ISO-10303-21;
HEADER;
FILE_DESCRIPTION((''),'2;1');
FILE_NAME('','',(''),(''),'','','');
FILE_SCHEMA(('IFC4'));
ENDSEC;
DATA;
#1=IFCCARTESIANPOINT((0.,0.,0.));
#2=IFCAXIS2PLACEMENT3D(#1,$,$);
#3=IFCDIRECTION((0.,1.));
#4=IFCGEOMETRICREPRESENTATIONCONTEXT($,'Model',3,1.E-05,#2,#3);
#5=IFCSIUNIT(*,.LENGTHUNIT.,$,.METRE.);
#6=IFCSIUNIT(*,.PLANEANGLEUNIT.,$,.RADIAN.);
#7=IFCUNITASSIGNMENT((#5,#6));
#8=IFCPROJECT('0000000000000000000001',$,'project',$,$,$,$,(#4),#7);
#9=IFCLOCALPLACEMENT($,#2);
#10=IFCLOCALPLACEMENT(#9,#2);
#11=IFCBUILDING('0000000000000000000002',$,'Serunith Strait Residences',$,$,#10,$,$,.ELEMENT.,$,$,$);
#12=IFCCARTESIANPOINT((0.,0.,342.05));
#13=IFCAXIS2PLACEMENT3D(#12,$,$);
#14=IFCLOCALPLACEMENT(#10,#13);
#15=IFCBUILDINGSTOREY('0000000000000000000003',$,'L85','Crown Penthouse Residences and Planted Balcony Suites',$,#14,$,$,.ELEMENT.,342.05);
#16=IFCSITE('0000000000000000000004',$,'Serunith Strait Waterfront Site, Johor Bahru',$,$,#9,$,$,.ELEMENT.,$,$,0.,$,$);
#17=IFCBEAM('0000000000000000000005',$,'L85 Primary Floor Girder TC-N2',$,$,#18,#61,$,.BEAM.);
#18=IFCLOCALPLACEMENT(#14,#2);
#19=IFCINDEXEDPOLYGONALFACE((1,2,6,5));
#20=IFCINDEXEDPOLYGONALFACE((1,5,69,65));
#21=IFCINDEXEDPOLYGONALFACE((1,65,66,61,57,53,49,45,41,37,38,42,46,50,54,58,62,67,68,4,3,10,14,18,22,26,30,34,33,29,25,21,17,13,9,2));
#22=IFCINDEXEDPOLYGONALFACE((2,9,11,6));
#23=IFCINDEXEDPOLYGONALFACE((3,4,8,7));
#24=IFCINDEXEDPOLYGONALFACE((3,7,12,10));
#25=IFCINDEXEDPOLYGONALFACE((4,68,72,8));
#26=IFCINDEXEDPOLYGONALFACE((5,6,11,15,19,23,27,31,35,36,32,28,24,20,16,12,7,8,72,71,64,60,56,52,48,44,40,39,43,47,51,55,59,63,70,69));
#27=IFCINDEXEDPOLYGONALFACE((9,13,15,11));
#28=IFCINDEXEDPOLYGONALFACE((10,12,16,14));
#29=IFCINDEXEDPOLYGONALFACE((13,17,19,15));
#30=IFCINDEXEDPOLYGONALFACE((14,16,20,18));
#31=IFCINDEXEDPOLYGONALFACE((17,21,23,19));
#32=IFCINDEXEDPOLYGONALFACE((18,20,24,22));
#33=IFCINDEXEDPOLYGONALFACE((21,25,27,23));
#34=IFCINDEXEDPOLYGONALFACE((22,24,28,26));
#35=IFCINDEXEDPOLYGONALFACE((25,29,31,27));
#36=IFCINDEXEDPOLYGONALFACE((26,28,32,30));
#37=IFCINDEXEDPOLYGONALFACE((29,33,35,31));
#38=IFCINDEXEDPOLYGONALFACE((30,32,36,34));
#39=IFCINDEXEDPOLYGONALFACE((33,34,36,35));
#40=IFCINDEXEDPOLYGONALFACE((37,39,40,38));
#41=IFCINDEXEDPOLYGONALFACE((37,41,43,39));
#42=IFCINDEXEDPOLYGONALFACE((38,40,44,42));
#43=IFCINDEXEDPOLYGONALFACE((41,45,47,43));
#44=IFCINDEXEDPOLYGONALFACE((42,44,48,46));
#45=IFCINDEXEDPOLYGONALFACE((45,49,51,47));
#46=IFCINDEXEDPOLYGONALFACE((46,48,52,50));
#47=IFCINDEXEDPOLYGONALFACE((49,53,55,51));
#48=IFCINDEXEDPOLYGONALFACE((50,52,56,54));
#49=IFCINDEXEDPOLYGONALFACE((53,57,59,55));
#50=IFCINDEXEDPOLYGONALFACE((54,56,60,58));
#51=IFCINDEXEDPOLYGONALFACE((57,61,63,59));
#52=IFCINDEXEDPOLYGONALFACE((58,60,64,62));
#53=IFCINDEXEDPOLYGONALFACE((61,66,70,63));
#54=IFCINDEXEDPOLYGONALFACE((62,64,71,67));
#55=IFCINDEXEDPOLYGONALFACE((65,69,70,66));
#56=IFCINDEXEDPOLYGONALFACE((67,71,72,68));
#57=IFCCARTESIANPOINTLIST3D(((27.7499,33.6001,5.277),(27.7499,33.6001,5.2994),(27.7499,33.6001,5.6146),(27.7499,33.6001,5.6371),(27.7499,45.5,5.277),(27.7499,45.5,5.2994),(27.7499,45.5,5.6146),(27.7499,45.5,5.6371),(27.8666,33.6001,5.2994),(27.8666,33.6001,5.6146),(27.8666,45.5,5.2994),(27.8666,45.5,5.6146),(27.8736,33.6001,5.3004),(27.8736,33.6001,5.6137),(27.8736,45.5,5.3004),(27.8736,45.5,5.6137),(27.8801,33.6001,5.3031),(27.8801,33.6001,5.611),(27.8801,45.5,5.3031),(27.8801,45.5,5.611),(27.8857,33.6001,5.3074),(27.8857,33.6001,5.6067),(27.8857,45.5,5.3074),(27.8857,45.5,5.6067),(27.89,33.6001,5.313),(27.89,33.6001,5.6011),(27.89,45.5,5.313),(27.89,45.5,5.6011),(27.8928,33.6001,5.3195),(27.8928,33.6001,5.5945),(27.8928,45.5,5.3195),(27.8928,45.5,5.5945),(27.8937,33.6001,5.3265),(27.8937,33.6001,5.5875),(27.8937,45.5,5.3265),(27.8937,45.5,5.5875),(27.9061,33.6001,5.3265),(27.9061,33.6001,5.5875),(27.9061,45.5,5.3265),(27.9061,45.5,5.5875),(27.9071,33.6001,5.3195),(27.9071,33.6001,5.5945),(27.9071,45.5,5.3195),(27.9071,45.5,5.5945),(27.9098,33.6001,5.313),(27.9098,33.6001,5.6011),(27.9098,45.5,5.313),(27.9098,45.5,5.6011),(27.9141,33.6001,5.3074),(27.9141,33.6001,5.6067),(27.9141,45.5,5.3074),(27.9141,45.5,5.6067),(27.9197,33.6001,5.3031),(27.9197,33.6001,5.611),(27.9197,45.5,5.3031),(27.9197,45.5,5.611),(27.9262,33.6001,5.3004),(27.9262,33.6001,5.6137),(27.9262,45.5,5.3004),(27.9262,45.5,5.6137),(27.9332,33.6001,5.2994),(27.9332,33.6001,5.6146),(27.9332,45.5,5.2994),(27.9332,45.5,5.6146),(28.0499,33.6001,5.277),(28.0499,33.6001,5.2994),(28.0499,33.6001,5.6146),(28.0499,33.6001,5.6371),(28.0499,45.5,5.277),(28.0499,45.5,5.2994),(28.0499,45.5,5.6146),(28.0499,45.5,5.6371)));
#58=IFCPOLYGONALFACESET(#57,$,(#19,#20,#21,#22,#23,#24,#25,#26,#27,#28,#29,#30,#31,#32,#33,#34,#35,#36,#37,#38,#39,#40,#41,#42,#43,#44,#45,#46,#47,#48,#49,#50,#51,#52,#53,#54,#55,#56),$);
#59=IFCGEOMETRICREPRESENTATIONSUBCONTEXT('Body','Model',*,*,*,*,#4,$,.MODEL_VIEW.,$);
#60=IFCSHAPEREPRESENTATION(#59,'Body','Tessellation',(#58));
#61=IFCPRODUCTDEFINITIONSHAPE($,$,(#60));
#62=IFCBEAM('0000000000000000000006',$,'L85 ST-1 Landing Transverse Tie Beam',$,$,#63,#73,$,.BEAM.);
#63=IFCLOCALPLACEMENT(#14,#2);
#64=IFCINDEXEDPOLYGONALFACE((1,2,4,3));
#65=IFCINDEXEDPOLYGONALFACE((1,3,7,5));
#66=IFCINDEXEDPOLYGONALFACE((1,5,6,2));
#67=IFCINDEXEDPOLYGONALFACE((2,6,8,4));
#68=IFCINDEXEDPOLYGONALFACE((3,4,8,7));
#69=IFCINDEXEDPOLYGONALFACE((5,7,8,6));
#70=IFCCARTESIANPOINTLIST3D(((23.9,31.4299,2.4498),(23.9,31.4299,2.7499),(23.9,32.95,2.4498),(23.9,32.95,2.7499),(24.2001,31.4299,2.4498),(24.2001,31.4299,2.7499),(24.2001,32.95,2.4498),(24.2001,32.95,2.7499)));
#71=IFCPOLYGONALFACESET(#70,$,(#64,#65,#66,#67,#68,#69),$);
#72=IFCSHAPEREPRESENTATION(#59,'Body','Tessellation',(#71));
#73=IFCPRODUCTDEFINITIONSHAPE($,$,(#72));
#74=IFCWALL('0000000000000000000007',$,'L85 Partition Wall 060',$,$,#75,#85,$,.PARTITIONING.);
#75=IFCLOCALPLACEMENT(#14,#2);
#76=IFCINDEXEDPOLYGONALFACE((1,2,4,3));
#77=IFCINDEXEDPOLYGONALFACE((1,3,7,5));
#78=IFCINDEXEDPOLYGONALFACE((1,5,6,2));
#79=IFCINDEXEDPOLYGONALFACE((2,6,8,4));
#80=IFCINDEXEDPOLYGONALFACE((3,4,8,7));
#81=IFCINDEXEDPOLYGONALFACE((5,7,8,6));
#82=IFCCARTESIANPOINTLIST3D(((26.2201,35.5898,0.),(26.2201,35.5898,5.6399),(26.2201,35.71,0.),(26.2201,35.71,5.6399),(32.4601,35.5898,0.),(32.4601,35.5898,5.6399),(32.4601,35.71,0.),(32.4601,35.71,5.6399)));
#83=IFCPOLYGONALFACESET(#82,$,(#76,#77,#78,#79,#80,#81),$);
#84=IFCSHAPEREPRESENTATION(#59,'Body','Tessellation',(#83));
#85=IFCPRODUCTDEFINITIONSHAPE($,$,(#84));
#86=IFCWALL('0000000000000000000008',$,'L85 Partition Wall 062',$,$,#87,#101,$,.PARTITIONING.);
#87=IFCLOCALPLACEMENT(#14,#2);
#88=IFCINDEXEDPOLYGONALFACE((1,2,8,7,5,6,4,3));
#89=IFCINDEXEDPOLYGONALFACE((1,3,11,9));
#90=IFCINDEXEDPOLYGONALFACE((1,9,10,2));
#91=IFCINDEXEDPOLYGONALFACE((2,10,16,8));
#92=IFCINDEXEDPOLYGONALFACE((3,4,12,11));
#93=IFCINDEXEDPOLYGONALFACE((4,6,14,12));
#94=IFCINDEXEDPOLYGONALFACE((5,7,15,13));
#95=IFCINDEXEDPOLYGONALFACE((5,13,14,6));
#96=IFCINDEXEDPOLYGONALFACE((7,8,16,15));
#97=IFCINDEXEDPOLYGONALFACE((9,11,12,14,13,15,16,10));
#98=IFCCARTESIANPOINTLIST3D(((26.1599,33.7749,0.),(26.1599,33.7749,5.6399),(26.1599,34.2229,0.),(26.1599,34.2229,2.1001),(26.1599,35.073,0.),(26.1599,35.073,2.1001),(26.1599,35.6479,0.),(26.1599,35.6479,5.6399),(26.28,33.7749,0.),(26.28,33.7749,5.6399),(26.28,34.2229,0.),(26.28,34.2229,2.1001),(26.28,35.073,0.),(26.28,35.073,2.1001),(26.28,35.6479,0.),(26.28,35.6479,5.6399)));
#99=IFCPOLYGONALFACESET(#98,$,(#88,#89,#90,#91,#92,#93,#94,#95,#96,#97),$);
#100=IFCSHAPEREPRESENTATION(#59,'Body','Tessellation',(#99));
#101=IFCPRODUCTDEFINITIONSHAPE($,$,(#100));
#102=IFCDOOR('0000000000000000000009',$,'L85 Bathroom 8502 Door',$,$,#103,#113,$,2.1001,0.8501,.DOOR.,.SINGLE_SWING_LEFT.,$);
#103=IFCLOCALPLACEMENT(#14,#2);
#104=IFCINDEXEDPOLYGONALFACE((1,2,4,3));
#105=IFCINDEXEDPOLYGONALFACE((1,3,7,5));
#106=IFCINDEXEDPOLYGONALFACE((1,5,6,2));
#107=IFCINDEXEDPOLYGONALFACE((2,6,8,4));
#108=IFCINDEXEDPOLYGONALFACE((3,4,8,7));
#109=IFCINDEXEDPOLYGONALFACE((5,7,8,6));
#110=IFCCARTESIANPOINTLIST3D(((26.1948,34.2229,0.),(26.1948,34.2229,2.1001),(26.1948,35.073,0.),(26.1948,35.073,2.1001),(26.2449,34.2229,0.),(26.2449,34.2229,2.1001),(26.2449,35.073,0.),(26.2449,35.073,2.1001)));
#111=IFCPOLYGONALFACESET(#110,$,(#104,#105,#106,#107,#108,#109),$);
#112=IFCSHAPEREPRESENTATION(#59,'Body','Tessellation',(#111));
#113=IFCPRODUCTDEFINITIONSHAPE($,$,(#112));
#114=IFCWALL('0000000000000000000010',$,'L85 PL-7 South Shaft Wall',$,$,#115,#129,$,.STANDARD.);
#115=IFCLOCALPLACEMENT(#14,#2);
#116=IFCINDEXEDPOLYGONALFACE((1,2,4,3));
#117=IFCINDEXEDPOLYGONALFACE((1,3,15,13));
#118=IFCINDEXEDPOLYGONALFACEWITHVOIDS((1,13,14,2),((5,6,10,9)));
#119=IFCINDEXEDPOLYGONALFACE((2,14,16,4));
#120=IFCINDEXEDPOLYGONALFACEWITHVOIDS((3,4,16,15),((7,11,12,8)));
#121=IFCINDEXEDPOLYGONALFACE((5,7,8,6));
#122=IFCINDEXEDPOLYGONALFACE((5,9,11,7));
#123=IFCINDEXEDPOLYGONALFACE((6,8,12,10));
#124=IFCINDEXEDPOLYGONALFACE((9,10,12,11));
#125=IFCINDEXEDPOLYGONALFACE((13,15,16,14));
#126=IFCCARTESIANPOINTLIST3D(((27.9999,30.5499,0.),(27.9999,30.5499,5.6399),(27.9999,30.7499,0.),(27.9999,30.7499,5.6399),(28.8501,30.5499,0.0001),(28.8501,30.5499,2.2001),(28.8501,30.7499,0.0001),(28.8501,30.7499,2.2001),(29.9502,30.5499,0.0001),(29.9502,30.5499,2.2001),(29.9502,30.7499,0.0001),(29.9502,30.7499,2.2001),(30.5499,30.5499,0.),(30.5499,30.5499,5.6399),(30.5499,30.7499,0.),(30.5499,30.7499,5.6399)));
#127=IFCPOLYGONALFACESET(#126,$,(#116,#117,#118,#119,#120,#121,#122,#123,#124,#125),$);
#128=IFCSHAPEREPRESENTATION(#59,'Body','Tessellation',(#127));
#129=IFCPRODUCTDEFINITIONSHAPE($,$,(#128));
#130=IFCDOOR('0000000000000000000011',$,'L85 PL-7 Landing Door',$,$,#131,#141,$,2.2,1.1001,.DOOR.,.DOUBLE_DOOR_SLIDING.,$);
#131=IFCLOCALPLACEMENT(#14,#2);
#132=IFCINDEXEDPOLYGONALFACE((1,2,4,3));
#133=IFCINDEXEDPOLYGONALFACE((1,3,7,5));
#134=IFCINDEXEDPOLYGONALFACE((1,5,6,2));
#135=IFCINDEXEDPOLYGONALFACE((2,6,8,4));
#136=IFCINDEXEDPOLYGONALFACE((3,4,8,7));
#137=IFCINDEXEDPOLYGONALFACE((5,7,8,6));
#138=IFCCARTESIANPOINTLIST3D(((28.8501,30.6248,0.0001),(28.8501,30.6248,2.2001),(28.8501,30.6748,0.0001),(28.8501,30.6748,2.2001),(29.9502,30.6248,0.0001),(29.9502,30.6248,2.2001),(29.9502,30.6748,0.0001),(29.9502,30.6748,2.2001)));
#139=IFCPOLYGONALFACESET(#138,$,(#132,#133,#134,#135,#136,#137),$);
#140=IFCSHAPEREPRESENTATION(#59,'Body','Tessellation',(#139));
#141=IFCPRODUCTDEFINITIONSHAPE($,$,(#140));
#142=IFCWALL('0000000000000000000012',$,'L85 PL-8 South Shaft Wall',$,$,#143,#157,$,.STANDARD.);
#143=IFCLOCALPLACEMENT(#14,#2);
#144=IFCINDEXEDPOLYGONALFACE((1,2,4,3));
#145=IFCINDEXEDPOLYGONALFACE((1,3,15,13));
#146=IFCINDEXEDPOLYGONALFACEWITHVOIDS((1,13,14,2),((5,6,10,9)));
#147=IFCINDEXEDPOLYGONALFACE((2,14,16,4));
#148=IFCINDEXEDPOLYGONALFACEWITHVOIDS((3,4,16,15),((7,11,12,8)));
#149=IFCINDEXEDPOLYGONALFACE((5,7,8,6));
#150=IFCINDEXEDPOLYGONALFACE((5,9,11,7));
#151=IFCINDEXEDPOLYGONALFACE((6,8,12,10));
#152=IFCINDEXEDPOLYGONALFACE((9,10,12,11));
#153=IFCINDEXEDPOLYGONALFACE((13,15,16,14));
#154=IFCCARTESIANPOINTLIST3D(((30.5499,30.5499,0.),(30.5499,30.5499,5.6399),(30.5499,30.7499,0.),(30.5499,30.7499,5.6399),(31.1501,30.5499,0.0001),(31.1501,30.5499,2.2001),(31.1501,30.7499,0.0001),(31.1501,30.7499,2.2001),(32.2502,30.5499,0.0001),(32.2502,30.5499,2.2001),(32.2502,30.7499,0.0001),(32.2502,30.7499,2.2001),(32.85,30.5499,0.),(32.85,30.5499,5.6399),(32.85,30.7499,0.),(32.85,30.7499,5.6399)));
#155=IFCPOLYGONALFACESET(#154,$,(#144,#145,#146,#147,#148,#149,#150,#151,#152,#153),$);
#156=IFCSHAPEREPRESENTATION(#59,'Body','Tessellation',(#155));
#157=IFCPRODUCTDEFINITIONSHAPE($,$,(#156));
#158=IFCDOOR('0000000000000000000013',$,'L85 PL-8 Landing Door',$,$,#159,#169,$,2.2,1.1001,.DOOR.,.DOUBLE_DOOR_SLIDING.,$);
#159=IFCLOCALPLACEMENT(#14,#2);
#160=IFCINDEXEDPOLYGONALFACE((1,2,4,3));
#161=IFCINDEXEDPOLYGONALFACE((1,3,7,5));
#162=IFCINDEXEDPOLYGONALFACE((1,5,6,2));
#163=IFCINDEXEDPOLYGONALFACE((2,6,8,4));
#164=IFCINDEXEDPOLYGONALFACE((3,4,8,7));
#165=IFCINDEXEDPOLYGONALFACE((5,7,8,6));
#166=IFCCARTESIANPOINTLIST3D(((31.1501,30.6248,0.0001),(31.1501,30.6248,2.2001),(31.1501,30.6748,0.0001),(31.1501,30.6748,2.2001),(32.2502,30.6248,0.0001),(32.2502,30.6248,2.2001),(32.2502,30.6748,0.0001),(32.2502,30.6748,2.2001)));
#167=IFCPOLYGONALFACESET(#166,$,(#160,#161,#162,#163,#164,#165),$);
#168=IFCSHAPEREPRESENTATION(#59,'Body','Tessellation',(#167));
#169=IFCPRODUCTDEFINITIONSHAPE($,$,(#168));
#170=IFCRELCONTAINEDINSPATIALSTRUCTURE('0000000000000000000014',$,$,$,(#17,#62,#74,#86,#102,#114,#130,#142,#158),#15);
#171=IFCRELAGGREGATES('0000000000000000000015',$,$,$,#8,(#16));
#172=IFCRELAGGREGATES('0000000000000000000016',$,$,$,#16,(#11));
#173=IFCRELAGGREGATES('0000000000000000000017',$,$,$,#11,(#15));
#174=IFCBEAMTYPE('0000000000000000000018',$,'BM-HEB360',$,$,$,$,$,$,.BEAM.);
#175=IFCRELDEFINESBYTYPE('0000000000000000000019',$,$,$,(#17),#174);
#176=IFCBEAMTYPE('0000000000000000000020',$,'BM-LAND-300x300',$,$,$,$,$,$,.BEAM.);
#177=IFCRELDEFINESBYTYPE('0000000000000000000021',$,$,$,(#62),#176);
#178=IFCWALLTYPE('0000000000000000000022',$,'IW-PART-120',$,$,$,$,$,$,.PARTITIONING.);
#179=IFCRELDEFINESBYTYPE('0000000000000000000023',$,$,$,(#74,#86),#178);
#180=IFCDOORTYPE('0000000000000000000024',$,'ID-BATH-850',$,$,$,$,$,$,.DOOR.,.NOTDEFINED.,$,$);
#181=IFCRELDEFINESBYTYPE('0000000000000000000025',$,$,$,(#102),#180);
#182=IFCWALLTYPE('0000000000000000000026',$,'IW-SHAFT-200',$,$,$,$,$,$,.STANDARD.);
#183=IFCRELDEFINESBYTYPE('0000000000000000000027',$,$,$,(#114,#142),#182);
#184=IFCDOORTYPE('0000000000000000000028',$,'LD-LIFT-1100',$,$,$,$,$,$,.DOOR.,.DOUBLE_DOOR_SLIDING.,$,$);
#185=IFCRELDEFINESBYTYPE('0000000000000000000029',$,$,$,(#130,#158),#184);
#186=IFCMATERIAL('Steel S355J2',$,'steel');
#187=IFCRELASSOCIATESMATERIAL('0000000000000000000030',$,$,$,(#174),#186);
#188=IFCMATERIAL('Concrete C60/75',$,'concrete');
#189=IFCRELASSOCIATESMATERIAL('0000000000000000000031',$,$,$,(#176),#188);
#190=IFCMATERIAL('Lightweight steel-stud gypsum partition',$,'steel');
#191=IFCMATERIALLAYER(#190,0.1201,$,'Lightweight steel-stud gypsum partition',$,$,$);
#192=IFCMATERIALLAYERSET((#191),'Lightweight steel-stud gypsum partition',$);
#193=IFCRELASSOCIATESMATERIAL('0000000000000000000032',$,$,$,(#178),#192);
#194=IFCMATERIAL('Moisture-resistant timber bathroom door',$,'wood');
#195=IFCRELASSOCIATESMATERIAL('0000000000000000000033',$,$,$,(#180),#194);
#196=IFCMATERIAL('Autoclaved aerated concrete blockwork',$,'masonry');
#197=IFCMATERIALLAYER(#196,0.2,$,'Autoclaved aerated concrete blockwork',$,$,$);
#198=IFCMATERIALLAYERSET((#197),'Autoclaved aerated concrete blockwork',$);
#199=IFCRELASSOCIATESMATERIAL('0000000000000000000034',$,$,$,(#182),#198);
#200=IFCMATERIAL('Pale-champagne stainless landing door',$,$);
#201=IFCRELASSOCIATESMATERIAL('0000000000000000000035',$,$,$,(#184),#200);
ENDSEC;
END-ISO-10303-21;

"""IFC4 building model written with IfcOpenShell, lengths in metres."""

from ifc_helpers import new_model, si_unit, direction, frame, frame_2d, origin, origin_2d, place, context, subcontext, project, spatial, rectangle, i_section, extrude, source, transform, mapped, material, layer, layer_set, material_profile, profile_set, type_object, element, fill, save


model = new_model("IFC4")

# Units and contexts
model_context = context("Model", 3, precision=1e-05, world=origin(), true_north=direction((0.0, 1.0)))
body_context = subcontext(model_context, "Body", "Model", "MODEL_VIEW")
ifc_project = project(units=[si_unit("LENGTHUNIT", "METRE"), si_unit("PLANEANGLEUNIT", "RADIAN")], contexts=[model_context])

# Site, building, storey
site_placement = place(None, origin())
site = spatial("IfcSite", under=ifc_project, at=site_placement, Name="Serunith Strait Waterfront Site, Johor Bahru", CompositionType="ELEMENT", RefElevation=0.0)
building_placement = place(site_placement, origin())
building = spatial("IfcBuilding", under=site, at=building_placement, Name="Serunith Strait Residences", CompositionType="ELEMENT")
storey_placement = place(building_placement, frame((0.0, 0.0, 342.05)))
storey = spatial("IfcBuildingStorey", under=building, at=storey_placement, Name="L85", Description="Crown Penthouse Residences and Planted Balcony Suites", CompositionType="ELEMENT", Elevation=342.05)

# Beams
ifc_material_1 = material(Name="Steel S355J2", Category="steel")
ifc_material_profile_1 = material_profile(ifc_material_1, i_section(OverallWidth=0.3, OverallDepth=0.3601, WebThickness=0.0125, FlangeThickness=0.0225, FilletRadius=0.0271, at=origin_2d()), Name="HEB 360")
ifc_profile_set_1 = profile_set([ifc_material_profile_1], Name="Steel S355J2")
beam_type_1 = type_object("IfcBeamType", Name="BM-HEB360", PredefinedType="BEAM", material=ifc_profile_set_1)
shared_shape_1 = source(origin(), body_context, "Body", "SweptSolid", [
    extrude(i_section(OverallWidth=0.3, OverallDepth=0.3601, WebThickness=0.0125, FlangeThickness=0.0225, FilletRadius=0.0271, at=origin_2d()), origin(), (0.0, 0.0, 1.0), 11.8999),
])
beam_1_placement = place(storey_placement, frame((27.8999, 33.6001, 5.457), z_axis=(0.0, 1.0, 0.0), x_axis=(-1.0, 0.0, 0.0)))
element("IfcBeam", 1, at=beam_1_placement, inside=storey, type_object=beam_type_1, Name="L85 Primary Floor Girder TC-N2", PredefinedType="BEAM", context=body_context, shape_type="MappedRepresentation", body=[
    mapped(shared_shape_1, transform((0.0, 0.0, 0.0), scale=1.0)),
])
ifc_material_2 = material(Name="Concrete C60/75", Category="concrete")
ifc_material_profile_2 = material_profile(ifc_material_2, rectangle(XDim=0.3, YDim=0.3, at=origin_2d()), Name="RC 300x300")
ifc_profile_set_2 = profile_set([ifc_material_profile_2], Name="Concrete C60/75")
beam_type_2 = type_object("IfcBeamType", Name="BM-LAND-300x300", PredefinedType="BEAM", material=ifc_profile_set_2)
shared_shape_2 = source(origin(), body_context, "Body", "SweptSolid", [
    extrude(rectangle(XDim=0.3, YDim=0.3, at=origin_2d()), origin(), (0.0, 0.0, 1.0), 1.52),
])
beam_2_placement = place(storey_placement, frame((24.05, 31.4299, 2.5999), z_axis=(0.0, 1.0, 0.0), x_axis=(-1.0, 0.0, 0.0)))
element("IfcBeam", 2, at=beam_2_placement, inside=storey, type_object=beam_type_2, Name="L85 ST-1 Landing Transverse Tie Beam", PredefinedType="BEAM", context=body_context, shape_type="MappedRepresentation", body=[
    mapped(shared_shape_2, transform((0.0, 0.0, 0.0), scale=1.0)),
])

# Wall
ifc_material_3 = material(Name="Lightweight steel-stud gypsum partition", Category="steel")
ifc_layer_1 = layer(ifc_material_3, 0.1201, Name="Lightweight steel-stud gypsum partition")
ifc_layer_set_1 = layer_set([ifc_layer_1], Name="Lightweight steel-stud gypsum partition")
wall_type_1 = type_object("IfcWallType", Name="IW-PART-120", PredefinedType="PARTITIONING", material=ifc_layer_set_1)
wall_1_placement = place(storey_placement, frame((26.22, 35.6499, 0.0), z_axis=(0.0, 0.0, 1.0), x_axis=(1.0, 0.0, 0.0)))
element("IfcWall", 3, at=wall_1_placement, inside=storey, type_object=wall_type_1, Name="L85 Partition Wall 060", PredefinedType="PARTITIONING", context=body_context, shape_type="SweptSolid", body=[
    extrude(rectangle(XDim=6.24, YDim=0.1201, at=frame_2d((3.1201, 0.0))), origin(), (0.0, 0.0, 1.0), 5.6399),
])

# Walls, openings, doors
wall_2_placement = place(storey_placement, frame((26.22, 35.6479, 0.0), z_axis=(0.0, 0.0, 1.0), x_axis=(0.0, -1.0, 0.0)))
wall_2 = element("IfcWall", 4, at=wall_2_placement, inside=storey, type_object=wall_type_1, Name="L85 Partition Wall 062", PredefinedType="PARTITIONING", context=body_context, shape_type="SweptSolid", body=[
    extrude(rectangle(XDim=1.873, YDim=0.1201, at=frame_2d((0.9365, 0.0))), origin(), (0.0, 0.0, 1.0), 5.6399),
])
opening_1_placement = place(wall_2_placement, frame((0.575, 0.0, 0.0)))
opening_1 = element("IfcOpeningElement", 5, at=opening_1_placement, cuts=wall_2, PredefinedType="OPENING", context=body_context, shape_type="SweptSolid", body=[
    extrude(rectangle(XDim=0.8501, YDim=2.1001, at=frame_2d((0.425, 1.05))), frame((0.0, 0.0701, 0.0), z_axis=(0.0, -1.0, 0.0), x_axis=(1.0, 0.0, 0.0)), (0.0, 0.0, 1.0), 0.1401),
])
ifc_material_4 = material(Name="Moisture-resistant timber bathroom door", Category="wood")
door_type_1 = type_object("IfcDoorType", Name="ID-BATH-850", OperationType="NOTDEFINED", PredefinedType="DOOR", material=ifc_material_4)
shared_shape_3 = source(origin(), body_context, "Body", "SweptSolid", [
    extrude(rectangle(XDim=0.8501, YDim=2.1001, at=frame_2d((0.425, 1.05))), frame((0.0, 0.0249, 0.0), z_axis=(0.0, -1.0, 0.0), x_axis=(1.0, 0.0, 0.0)), (0.0, 0.0, 1.0), 0.05),
])
door_1_placement = place(opening_1_placement, origin())
door_1 = element("IfcDoor", 6, at=door_1_placement, inside=storey, type_object=door_type_1, Name="L85 Bathroom 8502 Door", OperationType="SINGLE_SWING_LEFT", OverallHeight=2.1001, OverallWidth=0.8501, PredefinedType="DOOR", context=body_context, shape_type="MappedRepresentation", body=[
    mapped(shared_shape_3, transform((0.0, 0.0, 0.0), scale=1.0)),
])
fill(opening_1, door_1)
ifc_material_5 = material(Name="Autoclaved aerated concrete blockwork", Category="masonry")
ifc_layer_2 = layer(ifc_material_5, 0.2, Name="Autoclaved aerated concrete blockwork")
ifc_layer_set_2 = layer_set([ifc_layer_2], Name="Autoclaved aerated concrete blockwork")
wall_type_2 = type_object("IfcWallType", Name="IW-SHAFT-200", PredefinedType="STANDARD", material=ifc_layer_set_2)
wall_3_placement = place(storey_placement, frame((28.0, 30.6499, 0.0), z_axis=(0.0, 0.0, 1.0), x_axis=(1.0, 0.0, 0.0)))
wall_3 = element("IfcWall", 7, at=wall_3_placement, inside=storey, type_object=wall_type_2, Name="L85 PL-7 South Shaft Wall", PredefinedType="STANDARD", context=body_context, shape_type="SweptSolid", body=[
    extrude(rectangle(XDim=2.55, YDim=0.2, at=frame_2d((1.2749, 0.0))), origin(), (0.0, 0.0, 1.0), 5.6399),
])
opening_2_placement = place(wall_3_placement, frame((0.8501, 0.0, 0.0)))
opening_2 = element("IfcOpeningElement", 8, at=opening_2_placement, cuts=wall_3, PredefinedType="OPENING", context=body_context, shape_type="SweptSolid", body=[
    extrude(rectangle(XDim=1.1001, YDim=2.2, at=frame_2d((0.55, 1.1001))), frame((0.0, 0.1099, 0.0), z_axis=(0.0, -1.0, 0.0), x_axis=(1.0, 0.0, 0.0)), (0.0, 0.0, 1.0), 0.22),
])
ifc_material_6 = material(Name="Pale-champagne stainless landing door")
door_type_2 = type_object("IfcDoorType", Name="LD-LIFT-1100", OperationType="DOUBLE_DOOR_SLIDING", PredefinedType="DOOR", material=ifc_material_6)
shared_shape_4 = source(origin(), body_context, "Body", "SweptSolid", [
    extrude(rectangle(XDim=1.1001, YDim=2.2, at=frame_2d((0.55, 1.1001))), frame((0.0, 0.0249, 0.0), z_axis=(0.0, -1.0, 0.0), x_axis=(1.0, 0.0, 0.0)), (0.0, 0.0, 1.0), 0.05),
])
door_2_placement = place(opening_2_placement, origin())
door_2 = element("IfcDoor", 9, at=door_2_placement, inside=storey, type_object=door_type_2, Name="L85 PL-7 Landing Door", OperationType="DOUBLE_DOOR_SLIDING", OverallHeight=2.2, OverallWidth=1.1001, PredefinedType="DOOR", context=body_context, shape_type="MappedRepresentation", body=[
    mapped(shared_shape_4, transform((0.0, 0.0, 0.0), scale=1.0)),
])
fill(opening_2, door_2)
wall_4_placement = place(storey_placement, frame((30.55, 30.6499, 0.0), z_axis=(0.0, 0.0, 1.0), x_axis=(1.0, 0.0, 0.0)))
wall_4 = element("IfcWall", 10, at=wall_4_placement, inside=storey, type_object=wall_type_2, Name="L85 PL-8 South Shaft Wall", PredefinedType="STANDARD", context=body_context, shape_type="SweptSolid", body=[
    extrude(rectangle(XDim=2.3, YDim=0.2, at=frame_2d((1.1499, 0.0))), origin(), (0.0, 0.0, 1.0), 5.6399),
])
opening_3_placement = place(wall_4_placement, frame((0.6001, 0.0, 0.0)))
opening_3 = element("IfcOpeningElement", 11, at=opening_3_placement, cuts=wall_4, PredefinedType="OPENING", context=body_context, shape_type="SweptSolid", body=[
    extrude(rectangle(XDim=1.1001, YDim=2.2, at=frame_2d((0.55, 1.1001))), frame((0.0, 0.1099, 0.0), z_axis=(0.0, -1.0, 0.0), x_axis=(1.0, 0.0, 0.0)), (0.0, 0.0, 1.0), 0.22),
])
door_3_placement = place(opening_3_placement, origin())
door_3 = element("IfcDoor", 12, at=door_3_placement, inside=storey, type_object=door_type_2, Name="L85 PL-8 Landing Door", OperationType="DOUBLE_DOOR_SLIDING", OverallHeight=2.2, OverallWidth=1.1001, PredefinedType="DOOR", context=body_context, shape_type="MappedRepresentation", body=[
    mapped(shared_shape_4, transform((0.0, 0.0, 0.0), scale=1.0)),
])
fill(opening_3, door_3)

save(model, "model.ifc")
